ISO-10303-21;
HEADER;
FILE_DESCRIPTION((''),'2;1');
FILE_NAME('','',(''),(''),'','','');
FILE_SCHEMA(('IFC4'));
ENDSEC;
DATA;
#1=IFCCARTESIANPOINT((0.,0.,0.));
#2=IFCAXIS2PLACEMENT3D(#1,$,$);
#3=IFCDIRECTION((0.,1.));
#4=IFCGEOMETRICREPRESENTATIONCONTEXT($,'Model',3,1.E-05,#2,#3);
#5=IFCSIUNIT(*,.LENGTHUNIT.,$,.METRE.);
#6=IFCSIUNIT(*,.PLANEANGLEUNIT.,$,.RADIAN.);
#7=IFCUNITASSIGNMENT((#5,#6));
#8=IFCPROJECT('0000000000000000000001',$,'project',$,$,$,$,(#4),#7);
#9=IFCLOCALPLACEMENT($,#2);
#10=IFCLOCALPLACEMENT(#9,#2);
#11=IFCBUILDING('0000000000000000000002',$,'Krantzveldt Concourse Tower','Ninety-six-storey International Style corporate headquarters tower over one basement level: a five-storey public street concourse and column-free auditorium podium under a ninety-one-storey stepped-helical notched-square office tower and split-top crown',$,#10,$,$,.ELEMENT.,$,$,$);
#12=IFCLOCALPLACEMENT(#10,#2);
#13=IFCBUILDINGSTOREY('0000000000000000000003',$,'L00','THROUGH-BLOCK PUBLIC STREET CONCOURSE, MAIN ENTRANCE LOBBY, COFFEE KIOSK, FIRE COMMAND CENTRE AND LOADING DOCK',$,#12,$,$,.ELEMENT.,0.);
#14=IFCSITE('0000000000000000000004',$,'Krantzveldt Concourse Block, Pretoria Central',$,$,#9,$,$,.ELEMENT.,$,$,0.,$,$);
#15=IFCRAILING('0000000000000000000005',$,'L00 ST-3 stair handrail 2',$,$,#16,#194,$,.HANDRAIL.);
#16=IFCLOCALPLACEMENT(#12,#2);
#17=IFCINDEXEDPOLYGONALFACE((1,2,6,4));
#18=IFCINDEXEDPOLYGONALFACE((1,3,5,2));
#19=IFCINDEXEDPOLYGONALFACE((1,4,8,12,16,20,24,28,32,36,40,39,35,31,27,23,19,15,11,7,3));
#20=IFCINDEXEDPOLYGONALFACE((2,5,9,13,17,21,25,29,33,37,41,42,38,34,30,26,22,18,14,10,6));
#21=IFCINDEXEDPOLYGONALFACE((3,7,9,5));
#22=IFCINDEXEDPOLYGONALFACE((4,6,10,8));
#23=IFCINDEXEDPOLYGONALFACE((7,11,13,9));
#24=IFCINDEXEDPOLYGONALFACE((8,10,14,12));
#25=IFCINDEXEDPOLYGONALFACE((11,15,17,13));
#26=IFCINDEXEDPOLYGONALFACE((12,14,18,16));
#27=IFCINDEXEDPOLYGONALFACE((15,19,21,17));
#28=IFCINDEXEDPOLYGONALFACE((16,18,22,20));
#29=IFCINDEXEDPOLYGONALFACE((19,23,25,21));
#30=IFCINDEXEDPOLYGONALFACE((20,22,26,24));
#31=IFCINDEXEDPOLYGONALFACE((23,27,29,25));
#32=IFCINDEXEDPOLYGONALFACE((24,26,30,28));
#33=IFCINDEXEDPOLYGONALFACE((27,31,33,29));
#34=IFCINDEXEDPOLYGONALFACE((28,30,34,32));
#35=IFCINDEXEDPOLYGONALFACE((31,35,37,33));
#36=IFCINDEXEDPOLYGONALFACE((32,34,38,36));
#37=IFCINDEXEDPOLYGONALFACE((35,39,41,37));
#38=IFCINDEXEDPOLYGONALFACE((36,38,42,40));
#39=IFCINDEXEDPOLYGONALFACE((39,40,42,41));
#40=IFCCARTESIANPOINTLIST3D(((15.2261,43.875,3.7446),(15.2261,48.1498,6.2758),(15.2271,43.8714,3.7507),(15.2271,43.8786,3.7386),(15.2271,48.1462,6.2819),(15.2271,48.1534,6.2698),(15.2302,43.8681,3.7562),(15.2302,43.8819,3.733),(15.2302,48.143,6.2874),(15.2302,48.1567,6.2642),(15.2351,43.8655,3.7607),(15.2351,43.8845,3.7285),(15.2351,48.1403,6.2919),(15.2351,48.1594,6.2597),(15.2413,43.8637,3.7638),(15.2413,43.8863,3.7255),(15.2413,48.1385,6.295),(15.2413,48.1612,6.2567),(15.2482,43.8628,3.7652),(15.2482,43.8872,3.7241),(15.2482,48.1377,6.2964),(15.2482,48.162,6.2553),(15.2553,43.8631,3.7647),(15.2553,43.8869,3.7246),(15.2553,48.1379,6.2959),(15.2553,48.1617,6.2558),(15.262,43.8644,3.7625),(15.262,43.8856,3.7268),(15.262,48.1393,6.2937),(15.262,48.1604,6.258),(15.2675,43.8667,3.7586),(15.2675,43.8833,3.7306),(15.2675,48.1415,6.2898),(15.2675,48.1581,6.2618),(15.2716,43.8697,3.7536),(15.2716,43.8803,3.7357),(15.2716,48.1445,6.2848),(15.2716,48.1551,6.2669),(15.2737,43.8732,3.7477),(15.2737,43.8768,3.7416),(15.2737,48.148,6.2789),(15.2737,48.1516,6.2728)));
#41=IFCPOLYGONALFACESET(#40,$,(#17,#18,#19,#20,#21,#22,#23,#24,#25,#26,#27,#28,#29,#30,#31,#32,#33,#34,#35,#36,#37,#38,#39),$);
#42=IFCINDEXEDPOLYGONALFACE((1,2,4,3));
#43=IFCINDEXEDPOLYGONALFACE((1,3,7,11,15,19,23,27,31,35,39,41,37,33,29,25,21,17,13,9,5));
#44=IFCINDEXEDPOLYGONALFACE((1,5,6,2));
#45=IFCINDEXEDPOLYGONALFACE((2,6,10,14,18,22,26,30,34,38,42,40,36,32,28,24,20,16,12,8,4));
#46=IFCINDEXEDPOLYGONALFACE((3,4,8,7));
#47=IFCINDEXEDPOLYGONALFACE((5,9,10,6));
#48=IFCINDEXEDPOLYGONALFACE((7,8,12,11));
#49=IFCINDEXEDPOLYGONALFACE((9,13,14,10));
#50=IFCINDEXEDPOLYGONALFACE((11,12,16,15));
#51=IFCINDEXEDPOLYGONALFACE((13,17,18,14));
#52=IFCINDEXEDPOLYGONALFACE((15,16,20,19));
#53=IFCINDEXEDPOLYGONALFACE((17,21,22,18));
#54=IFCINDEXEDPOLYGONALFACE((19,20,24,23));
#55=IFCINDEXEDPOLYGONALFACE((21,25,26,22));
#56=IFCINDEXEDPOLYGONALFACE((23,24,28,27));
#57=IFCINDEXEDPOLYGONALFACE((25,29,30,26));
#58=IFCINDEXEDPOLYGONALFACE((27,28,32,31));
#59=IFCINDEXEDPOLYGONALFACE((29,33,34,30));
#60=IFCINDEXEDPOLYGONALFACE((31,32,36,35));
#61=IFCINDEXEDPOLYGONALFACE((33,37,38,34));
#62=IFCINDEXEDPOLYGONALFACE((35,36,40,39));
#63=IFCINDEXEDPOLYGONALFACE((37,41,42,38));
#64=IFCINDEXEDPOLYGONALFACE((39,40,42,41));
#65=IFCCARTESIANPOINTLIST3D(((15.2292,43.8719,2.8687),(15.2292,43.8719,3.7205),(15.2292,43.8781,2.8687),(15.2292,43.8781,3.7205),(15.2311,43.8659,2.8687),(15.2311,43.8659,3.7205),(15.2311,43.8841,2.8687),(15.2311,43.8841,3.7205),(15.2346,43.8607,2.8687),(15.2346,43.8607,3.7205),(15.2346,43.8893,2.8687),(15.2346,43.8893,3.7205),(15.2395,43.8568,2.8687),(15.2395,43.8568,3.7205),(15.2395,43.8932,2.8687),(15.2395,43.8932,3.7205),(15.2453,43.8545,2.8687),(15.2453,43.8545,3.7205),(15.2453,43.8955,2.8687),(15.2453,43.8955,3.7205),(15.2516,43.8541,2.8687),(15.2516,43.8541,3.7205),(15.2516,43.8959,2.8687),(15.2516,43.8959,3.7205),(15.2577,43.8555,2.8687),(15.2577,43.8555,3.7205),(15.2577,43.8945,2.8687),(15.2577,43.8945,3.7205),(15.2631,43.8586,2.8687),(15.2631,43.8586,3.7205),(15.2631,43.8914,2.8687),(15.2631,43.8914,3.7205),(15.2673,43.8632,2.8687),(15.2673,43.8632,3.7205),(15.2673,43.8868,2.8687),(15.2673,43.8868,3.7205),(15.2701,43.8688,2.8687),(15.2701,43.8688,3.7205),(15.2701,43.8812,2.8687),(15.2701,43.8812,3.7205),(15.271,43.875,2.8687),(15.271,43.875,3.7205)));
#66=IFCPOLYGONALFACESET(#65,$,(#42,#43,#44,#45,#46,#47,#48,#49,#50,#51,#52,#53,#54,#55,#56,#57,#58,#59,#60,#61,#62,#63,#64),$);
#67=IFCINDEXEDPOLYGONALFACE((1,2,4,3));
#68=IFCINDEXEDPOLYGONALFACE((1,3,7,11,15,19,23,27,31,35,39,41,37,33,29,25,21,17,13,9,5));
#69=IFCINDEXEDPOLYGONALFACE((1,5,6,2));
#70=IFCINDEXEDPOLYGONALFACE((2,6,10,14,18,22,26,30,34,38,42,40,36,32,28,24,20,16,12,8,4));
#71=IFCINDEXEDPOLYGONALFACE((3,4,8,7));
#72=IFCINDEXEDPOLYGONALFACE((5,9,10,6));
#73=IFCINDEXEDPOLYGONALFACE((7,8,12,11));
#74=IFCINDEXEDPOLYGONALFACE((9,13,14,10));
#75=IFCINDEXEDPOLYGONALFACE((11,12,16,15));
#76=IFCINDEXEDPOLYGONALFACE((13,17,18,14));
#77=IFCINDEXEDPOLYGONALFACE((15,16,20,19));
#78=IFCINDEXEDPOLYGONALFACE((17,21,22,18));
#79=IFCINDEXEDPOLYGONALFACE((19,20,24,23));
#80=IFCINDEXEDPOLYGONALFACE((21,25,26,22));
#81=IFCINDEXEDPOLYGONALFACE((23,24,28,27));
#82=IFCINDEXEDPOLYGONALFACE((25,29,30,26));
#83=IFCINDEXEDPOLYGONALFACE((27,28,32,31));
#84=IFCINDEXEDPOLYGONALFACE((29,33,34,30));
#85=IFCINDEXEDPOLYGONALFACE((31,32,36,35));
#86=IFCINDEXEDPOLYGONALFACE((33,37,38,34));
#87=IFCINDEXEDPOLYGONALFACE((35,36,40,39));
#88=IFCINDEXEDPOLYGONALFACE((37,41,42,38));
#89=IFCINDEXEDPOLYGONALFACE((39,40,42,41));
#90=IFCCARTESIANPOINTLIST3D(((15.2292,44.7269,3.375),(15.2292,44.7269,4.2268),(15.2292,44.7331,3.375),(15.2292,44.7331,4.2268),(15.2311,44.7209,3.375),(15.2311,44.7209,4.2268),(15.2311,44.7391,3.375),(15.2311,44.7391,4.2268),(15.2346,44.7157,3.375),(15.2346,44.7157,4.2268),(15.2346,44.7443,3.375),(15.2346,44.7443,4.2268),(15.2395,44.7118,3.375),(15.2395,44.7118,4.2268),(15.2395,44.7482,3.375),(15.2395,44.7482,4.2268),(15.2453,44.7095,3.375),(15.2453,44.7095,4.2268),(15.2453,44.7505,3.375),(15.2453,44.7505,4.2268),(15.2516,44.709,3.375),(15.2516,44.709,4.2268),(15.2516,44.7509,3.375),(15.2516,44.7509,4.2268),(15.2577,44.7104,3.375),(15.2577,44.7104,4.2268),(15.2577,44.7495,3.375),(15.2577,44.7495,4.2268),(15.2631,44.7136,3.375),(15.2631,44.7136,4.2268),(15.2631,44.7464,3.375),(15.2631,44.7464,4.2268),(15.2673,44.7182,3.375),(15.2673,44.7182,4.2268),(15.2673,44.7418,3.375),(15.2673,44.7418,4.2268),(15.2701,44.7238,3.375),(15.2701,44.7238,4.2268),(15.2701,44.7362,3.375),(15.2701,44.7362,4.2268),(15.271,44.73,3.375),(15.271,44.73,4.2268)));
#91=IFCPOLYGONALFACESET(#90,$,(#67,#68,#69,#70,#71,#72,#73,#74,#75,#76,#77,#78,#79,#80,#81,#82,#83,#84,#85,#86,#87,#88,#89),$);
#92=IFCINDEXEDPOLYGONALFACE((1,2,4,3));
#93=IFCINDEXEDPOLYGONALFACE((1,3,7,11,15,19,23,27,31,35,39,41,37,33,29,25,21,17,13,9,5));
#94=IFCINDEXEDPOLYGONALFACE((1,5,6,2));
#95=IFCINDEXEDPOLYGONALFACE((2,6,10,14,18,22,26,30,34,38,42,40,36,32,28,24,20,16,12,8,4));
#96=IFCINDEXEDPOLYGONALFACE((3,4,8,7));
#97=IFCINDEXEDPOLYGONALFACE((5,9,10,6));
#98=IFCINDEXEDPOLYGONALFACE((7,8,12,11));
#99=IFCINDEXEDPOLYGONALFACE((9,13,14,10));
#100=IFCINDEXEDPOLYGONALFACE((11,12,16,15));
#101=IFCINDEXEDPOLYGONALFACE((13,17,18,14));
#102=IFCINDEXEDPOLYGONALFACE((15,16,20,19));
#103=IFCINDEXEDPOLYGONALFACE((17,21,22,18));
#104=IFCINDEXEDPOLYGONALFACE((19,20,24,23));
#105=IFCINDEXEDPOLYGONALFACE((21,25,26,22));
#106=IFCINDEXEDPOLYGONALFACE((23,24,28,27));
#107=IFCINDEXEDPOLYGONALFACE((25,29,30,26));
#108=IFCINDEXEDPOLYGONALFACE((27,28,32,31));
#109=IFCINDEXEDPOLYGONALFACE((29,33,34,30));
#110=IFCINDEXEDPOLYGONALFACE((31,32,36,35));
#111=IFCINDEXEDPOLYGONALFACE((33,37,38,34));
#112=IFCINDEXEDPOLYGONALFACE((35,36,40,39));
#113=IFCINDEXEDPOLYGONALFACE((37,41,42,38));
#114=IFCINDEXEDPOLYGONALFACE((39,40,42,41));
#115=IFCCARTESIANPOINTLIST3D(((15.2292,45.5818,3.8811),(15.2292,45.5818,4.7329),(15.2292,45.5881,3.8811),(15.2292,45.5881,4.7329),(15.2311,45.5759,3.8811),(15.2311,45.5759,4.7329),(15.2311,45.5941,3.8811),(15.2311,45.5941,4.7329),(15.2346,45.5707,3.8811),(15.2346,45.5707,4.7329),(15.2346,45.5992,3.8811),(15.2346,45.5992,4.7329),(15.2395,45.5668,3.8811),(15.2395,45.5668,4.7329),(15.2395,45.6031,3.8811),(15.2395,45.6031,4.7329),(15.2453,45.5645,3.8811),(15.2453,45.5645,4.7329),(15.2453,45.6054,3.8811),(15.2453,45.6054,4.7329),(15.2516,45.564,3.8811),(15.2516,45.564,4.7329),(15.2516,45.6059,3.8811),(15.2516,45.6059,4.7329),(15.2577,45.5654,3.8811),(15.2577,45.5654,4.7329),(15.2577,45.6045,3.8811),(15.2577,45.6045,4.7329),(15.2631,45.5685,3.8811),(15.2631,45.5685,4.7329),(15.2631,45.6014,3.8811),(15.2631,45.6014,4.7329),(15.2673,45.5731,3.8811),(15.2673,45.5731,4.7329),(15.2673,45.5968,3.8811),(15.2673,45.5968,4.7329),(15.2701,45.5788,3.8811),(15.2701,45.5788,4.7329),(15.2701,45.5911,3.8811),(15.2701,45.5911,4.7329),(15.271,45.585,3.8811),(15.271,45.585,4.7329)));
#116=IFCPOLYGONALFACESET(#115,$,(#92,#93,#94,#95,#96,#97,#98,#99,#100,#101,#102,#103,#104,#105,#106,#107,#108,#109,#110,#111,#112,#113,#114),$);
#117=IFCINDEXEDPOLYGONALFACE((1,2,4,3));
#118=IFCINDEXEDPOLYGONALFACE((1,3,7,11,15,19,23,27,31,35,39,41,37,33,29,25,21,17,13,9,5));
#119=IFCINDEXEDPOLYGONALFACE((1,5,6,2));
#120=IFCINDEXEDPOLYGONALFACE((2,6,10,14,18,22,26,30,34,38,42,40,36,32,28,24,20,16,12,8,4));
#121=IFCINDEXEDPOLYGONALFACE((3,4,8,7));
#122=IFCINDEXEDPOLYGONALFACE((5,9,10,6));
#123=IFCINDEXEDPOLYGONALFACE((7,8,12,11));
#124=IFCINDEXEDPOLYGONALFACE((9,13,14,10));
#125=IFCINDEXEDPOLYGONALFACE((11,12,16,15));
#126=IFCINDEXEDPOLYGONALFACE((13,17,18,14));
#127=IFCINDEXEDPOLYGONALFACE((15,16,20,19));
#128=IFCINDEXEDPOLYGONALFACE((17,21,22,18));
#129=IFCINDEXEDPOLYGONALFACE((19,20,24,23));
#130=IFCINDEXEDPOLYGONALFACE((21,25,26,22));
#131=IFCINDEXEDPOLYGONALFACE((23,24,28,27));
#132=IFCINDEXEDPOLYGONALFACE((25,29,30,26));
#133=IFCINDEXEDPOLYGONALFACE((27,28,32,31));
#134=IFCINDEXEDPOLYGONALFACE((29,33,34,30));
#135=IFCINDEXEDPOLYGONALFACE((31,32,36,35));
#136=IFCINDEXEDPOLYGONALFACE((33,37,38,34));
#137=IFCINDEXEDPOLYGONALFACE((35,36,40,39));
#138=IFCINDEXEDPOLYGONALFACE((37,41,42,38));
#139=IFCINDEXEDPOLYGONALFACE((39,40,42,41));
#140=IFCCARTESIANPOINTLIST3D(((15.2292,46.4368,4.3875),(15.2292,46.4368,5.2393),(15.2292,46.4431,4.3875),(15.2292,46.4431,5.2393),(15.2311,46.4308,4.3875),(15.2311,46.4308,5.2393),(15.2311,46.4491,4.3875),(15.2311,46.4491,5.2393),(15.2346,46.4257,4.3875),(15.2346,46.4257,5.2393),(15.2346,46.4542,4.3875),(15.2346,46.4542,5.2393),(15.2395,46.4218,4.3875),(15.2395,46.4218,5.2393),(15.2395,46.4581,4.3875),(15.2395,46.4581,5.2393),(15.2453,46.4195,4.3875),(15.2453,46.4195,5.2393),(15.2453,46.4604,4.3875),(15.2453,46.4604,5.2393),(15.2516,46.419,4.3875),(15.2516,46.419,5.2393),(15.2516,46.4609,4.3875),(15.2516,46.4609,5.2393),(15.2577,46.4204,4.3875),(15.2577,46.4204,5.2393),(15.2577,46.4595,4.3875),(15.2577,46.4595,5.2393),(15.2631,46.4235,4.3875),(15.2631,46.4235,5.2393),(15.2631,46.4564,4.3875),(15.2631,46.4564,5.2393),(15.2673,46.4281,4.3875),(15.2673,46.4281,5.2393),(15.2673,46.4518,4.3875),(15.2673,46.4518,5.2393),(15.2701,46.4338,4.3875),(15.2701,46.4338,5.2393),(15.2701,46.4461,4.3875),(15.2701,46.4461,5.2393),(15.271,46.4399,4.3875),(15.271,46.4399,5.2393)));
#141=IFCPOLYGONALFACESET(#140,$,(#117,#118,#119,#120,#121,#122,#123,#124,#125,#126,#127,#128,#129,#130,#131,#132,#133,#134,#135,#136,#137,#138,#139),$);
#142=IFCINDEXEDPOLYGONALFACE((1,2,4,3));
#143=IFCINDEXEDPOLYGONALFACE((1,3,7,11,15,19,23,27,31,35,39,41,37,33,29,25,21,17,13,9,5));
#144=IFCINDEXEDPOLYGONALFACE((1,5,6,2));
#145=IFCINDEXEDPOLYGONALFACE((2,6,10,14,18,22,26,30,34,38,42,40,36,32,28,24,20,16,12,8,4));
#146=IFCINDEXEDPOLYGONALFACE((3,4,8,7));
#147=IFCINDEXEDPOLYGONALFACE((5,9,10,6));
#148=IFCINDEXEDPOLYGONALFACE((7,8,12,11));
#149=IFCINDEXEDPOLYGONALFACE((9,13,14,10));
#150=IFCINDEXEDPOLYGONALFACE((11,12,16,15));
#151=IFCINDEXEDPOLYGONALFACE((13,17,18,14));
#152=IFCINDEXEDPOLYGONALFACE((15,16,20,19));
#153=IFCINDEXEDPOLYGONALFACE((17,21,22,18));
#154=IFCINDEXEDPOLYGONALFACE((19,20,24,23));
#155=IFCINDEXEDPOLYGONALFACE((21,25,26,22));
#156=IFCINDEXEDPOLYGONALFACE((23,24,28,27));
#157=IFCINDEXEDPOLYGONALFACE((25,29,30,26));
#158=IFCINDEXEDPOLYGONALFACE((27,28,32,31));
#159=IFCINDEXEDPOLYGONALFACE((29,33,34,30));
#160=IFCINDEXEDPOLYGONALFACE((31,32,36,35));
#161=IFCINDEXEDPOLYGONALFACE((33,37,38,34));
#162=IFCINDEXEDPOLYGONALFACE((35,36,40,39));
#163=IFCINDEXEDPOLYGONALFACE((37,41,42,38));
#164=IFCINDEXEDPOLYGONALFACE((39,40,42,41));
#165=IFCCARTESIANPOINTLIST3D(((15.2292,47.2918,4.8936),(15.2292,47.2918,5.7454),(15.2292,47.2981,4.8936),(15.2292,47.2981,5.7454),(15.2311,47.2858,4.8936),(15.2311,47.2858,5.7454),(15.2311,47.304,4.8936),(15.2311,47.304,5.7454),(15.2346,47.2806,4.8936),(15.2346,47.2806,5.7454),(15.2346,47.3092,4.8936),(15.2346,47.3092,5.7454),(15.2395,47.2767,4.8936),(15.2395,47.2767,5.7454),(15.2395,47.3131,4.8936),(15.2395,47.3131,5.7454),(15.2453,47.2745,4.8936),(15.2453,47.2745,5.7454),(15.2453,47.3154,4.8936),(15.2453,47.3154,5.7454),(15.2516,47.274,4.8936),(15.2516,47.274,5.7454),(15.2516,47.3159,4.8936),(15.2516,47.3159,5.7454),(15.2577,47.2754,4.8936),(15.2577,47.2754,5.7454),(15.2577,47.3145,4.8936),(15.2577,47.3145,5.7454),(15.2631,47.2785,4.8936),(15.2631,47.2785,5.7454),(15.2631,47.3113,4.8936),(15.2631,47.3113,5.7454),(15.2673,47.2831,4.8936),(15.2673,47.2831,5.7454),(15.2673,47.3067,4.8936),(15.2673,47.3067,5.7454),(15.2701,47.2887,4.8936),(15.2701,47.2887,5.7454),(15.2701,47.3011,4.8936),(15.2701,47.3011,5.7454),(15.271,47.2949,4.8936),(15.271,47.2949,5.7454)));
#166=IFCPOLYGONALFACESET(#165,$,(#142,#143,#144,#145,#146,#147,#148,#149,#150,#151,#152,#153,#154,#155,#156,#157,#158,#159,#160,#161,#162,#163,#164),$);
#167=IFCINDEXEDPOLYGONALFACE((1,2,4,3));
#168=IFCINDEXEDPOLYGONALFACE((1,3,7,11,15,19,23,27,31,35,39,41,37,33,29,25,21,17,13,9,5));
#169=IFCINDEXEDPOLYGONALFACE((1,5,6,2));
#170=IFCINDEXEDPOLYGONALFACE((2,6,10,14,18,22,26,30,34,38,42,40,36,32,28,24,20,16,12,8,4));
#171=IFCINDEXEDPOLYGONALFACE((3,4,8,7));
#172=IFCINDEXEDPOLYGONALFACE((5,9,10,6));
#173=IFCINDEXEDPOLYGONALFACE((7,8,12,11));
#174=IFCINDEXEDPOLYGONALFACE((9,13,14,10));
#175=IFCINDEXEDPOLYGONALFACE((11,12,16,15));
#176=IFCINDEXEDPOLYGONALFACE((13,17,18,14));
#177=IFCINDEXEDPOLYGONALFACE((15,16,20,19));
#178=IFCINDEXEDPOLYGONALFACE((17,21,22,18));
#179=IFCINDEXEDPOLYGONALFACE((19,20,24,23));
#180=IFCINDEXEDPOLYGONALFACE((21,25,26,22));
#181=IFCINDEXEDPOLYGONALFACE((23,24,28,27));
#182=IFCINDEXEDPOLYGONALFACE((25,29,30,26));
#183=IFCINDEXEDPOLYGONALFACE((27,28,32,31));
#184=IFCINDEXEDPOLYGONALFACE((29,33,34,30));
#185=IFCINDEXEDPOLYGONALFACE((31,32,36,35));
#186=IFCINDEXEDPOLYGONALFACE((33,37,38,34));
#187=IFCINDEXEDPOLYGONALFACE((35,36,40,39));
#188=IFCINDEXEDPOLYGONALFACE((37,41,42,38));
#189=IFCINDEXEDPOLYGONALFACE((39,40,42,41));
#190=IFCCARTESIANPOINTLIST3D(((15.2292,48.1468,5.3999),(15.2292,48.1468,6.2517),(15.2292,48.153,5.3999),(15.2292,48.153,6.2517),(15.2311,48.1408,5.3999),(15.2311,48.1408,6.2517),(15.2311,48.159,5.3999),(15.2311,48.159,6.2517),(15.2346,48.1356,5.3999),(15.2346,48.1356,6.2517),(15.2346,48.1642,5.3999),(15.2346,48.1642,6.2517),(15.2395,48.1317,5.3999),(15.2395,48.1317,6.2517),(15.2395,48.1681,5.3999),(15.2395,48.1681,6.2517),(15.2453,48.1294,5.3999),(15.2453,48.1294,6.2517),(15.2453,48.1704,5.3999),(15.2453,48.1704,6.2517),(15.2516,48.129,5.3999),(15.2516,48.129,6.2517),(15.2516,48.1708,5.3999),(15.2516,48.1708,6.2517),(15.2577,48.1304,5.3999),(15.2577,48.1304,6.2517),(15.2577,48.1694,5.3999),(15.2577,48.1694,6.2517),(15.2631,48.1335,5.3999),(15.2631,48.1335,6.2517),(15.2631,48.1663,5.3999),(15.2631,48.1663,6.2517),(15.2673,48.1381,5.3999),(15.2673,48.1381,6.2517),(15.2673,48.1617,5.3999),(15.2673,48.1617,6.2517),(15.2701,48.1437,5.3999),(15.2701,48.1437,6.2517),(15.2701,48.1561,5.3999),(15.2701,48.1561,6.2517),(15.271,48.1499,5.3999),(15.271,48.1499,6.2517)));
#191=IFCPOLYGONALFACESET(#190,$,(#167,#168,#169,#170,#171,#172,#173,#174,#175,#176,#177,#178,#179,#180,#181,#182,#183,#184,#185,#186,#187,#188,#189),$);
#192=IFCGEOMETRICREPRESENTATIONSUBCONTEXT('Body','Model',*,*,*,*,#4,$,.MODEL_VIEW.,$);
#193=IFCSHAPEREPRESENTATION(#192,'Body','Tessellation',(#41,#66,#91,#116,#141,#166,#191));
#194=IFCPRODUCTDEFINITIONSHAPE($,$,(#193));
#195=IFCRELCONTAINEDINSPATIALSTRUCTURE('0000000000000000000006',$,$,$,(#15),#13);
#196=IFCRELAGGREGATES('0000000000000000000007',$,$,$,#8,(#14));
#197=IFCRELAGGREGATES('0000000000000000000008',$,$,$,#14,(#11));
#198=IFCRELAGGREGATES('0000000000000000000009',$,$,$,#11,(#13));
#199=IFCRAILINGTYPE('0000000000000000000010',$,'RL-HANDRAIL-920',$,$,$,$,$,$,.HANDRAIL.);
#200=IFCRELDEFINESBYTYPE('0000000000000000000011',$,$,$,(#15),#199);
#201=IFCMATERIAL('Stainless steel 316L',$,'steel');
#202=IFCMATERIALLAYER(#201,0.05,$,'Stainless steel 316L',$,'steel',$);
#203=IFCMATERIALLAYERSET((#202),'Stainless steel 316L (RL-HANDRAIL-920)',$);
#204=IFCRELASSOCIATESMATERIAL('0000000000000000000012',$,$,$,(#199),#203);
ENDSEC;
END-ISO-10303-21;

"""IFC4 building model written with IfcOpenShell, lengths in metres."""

from ifc_helpers import new_model, si_unit, direction, frame, origin, origin_2d, place, context, subcontext, project, spatial, circle, extrude, material, layer, layer_set, type_object, element, save


model = new_model("IFC4")

# Units and contexts
model_context = context("Model", 3, precision=1e-05, world=origin(), true_north=direction((0.0, 1.0)))
body_context = subcontext(model_context, "Body", "Model", "MODEL_VIEW")
ifc_project = project(units=[si_unit("LENGTHUNIT", "METRE"), si_unit("PLANEANGLEUNIT", "RADIAN")], contexts=[model_context])

# Site, building, storey
site_placement = place(None, origin())
site = spatial("IfcSite", under=ifc_project, at=site_placement, Name="Krantzveldt Concourse Block, Pretoria Central", CompositionType="ELEMENT", RefElevation=0.0)
building_placement = place(site_placement, origin())
building = spatial("IfcBuilding", under=site, at=building_placement, Name="Krantzveldt Concourse Tower", Description="Ninety-six-storey International Style corporate headquarters tower over one basement level: a five-storey public street concourse and column-free auditorium podium under a ninety-one-storey stepped-helical notched-square office tower and split-top crown", CompositionType="ELEMENT")
storey_placement = place(building_placement, origin())
storey = spatial("IfcBuildingStorey", under=building, at=storey_placement, Name="L00", Description="THROUGH-BLOCK PUBLIC STREET CONCOURSE, MAIN ENTRANCE LOBBY, COFFEE KIOSK, FIRE COMMAND CENTRE AND LOADING DOCK", CompositionType="ELEMENT", Elevation=0.0)

# Railing
ifc_material_1 = material(Name="Stainless steel 316L", Category="steel")
ifc_layer_1 = layer(ifc_material_1, 0.05, Name="Stainless steel 316L", Category="steel")
ifc_layer_set_1 = layer_set([ifc_layer_1], Name="Stainless steel 316L (RL-HANDRAIL-920)")
railing_type_1 = type_object("IfcRailingType", Name="RL-HANDRAIL-920", PredefinedType="HANDRAIL", material=ifc_layer_set_1)
railing_1_placement = place(storey_placement, frame((15.25, 43.875, 2.8687)))
element("IfcRailing", 1, at=railing_1_placement, inside=storey, type_object=railing_type_1, Name="L00 ST-3 stair handrail 2", PredefinedType="HANDRAIL", context=body_context, shape_type="SweptSolid", body=[
    extrude(circle(Radius=0.0239, at=origin_2d()), frame((0.0, 0.0, 0.876), z_axis=(0.0, 0.86047, 0.509501), x_axis=(-1.0, 0.0, 0.0)), (0.0, 0.0, 1.0), 4.968),
    extrude(circle(Radius=0.021, at=origin_2d()), origin(), (0.0, 0.0, 1.0), 0.8518),
    extrude(circle(Radius=0.021, at=origin_2d()), frame((0.0, 0.855, 0.5063)), (0.0, 0.0, 1.0), 0.8518),
    extrude(circle(Radius=0.021, at=origin_2d()), frame((0.0, 1.71, 1.0125)), (0.0, 0.0, 1.0), 0.8518),
    extrude(circle(Radius=0.021, at=origin_2d()), frame((0.0, 2.5649, 1.5188)), (0.0, 0.0, 1.0), 0.8518),
    extrude(circle(Radius=0.021, at=origin_2d()), frame((0.0, 3.4199, 2.0249)), (0.0, 0.0, 1.0), 0.8518),
    extrude(circle(Radius=0.021, at=origin_2d()), frame((0.0, 4.2749, 2.5312)), (0.0, 0.0, 1.0), 0.8518),
])

save(model, "model.ifc")
